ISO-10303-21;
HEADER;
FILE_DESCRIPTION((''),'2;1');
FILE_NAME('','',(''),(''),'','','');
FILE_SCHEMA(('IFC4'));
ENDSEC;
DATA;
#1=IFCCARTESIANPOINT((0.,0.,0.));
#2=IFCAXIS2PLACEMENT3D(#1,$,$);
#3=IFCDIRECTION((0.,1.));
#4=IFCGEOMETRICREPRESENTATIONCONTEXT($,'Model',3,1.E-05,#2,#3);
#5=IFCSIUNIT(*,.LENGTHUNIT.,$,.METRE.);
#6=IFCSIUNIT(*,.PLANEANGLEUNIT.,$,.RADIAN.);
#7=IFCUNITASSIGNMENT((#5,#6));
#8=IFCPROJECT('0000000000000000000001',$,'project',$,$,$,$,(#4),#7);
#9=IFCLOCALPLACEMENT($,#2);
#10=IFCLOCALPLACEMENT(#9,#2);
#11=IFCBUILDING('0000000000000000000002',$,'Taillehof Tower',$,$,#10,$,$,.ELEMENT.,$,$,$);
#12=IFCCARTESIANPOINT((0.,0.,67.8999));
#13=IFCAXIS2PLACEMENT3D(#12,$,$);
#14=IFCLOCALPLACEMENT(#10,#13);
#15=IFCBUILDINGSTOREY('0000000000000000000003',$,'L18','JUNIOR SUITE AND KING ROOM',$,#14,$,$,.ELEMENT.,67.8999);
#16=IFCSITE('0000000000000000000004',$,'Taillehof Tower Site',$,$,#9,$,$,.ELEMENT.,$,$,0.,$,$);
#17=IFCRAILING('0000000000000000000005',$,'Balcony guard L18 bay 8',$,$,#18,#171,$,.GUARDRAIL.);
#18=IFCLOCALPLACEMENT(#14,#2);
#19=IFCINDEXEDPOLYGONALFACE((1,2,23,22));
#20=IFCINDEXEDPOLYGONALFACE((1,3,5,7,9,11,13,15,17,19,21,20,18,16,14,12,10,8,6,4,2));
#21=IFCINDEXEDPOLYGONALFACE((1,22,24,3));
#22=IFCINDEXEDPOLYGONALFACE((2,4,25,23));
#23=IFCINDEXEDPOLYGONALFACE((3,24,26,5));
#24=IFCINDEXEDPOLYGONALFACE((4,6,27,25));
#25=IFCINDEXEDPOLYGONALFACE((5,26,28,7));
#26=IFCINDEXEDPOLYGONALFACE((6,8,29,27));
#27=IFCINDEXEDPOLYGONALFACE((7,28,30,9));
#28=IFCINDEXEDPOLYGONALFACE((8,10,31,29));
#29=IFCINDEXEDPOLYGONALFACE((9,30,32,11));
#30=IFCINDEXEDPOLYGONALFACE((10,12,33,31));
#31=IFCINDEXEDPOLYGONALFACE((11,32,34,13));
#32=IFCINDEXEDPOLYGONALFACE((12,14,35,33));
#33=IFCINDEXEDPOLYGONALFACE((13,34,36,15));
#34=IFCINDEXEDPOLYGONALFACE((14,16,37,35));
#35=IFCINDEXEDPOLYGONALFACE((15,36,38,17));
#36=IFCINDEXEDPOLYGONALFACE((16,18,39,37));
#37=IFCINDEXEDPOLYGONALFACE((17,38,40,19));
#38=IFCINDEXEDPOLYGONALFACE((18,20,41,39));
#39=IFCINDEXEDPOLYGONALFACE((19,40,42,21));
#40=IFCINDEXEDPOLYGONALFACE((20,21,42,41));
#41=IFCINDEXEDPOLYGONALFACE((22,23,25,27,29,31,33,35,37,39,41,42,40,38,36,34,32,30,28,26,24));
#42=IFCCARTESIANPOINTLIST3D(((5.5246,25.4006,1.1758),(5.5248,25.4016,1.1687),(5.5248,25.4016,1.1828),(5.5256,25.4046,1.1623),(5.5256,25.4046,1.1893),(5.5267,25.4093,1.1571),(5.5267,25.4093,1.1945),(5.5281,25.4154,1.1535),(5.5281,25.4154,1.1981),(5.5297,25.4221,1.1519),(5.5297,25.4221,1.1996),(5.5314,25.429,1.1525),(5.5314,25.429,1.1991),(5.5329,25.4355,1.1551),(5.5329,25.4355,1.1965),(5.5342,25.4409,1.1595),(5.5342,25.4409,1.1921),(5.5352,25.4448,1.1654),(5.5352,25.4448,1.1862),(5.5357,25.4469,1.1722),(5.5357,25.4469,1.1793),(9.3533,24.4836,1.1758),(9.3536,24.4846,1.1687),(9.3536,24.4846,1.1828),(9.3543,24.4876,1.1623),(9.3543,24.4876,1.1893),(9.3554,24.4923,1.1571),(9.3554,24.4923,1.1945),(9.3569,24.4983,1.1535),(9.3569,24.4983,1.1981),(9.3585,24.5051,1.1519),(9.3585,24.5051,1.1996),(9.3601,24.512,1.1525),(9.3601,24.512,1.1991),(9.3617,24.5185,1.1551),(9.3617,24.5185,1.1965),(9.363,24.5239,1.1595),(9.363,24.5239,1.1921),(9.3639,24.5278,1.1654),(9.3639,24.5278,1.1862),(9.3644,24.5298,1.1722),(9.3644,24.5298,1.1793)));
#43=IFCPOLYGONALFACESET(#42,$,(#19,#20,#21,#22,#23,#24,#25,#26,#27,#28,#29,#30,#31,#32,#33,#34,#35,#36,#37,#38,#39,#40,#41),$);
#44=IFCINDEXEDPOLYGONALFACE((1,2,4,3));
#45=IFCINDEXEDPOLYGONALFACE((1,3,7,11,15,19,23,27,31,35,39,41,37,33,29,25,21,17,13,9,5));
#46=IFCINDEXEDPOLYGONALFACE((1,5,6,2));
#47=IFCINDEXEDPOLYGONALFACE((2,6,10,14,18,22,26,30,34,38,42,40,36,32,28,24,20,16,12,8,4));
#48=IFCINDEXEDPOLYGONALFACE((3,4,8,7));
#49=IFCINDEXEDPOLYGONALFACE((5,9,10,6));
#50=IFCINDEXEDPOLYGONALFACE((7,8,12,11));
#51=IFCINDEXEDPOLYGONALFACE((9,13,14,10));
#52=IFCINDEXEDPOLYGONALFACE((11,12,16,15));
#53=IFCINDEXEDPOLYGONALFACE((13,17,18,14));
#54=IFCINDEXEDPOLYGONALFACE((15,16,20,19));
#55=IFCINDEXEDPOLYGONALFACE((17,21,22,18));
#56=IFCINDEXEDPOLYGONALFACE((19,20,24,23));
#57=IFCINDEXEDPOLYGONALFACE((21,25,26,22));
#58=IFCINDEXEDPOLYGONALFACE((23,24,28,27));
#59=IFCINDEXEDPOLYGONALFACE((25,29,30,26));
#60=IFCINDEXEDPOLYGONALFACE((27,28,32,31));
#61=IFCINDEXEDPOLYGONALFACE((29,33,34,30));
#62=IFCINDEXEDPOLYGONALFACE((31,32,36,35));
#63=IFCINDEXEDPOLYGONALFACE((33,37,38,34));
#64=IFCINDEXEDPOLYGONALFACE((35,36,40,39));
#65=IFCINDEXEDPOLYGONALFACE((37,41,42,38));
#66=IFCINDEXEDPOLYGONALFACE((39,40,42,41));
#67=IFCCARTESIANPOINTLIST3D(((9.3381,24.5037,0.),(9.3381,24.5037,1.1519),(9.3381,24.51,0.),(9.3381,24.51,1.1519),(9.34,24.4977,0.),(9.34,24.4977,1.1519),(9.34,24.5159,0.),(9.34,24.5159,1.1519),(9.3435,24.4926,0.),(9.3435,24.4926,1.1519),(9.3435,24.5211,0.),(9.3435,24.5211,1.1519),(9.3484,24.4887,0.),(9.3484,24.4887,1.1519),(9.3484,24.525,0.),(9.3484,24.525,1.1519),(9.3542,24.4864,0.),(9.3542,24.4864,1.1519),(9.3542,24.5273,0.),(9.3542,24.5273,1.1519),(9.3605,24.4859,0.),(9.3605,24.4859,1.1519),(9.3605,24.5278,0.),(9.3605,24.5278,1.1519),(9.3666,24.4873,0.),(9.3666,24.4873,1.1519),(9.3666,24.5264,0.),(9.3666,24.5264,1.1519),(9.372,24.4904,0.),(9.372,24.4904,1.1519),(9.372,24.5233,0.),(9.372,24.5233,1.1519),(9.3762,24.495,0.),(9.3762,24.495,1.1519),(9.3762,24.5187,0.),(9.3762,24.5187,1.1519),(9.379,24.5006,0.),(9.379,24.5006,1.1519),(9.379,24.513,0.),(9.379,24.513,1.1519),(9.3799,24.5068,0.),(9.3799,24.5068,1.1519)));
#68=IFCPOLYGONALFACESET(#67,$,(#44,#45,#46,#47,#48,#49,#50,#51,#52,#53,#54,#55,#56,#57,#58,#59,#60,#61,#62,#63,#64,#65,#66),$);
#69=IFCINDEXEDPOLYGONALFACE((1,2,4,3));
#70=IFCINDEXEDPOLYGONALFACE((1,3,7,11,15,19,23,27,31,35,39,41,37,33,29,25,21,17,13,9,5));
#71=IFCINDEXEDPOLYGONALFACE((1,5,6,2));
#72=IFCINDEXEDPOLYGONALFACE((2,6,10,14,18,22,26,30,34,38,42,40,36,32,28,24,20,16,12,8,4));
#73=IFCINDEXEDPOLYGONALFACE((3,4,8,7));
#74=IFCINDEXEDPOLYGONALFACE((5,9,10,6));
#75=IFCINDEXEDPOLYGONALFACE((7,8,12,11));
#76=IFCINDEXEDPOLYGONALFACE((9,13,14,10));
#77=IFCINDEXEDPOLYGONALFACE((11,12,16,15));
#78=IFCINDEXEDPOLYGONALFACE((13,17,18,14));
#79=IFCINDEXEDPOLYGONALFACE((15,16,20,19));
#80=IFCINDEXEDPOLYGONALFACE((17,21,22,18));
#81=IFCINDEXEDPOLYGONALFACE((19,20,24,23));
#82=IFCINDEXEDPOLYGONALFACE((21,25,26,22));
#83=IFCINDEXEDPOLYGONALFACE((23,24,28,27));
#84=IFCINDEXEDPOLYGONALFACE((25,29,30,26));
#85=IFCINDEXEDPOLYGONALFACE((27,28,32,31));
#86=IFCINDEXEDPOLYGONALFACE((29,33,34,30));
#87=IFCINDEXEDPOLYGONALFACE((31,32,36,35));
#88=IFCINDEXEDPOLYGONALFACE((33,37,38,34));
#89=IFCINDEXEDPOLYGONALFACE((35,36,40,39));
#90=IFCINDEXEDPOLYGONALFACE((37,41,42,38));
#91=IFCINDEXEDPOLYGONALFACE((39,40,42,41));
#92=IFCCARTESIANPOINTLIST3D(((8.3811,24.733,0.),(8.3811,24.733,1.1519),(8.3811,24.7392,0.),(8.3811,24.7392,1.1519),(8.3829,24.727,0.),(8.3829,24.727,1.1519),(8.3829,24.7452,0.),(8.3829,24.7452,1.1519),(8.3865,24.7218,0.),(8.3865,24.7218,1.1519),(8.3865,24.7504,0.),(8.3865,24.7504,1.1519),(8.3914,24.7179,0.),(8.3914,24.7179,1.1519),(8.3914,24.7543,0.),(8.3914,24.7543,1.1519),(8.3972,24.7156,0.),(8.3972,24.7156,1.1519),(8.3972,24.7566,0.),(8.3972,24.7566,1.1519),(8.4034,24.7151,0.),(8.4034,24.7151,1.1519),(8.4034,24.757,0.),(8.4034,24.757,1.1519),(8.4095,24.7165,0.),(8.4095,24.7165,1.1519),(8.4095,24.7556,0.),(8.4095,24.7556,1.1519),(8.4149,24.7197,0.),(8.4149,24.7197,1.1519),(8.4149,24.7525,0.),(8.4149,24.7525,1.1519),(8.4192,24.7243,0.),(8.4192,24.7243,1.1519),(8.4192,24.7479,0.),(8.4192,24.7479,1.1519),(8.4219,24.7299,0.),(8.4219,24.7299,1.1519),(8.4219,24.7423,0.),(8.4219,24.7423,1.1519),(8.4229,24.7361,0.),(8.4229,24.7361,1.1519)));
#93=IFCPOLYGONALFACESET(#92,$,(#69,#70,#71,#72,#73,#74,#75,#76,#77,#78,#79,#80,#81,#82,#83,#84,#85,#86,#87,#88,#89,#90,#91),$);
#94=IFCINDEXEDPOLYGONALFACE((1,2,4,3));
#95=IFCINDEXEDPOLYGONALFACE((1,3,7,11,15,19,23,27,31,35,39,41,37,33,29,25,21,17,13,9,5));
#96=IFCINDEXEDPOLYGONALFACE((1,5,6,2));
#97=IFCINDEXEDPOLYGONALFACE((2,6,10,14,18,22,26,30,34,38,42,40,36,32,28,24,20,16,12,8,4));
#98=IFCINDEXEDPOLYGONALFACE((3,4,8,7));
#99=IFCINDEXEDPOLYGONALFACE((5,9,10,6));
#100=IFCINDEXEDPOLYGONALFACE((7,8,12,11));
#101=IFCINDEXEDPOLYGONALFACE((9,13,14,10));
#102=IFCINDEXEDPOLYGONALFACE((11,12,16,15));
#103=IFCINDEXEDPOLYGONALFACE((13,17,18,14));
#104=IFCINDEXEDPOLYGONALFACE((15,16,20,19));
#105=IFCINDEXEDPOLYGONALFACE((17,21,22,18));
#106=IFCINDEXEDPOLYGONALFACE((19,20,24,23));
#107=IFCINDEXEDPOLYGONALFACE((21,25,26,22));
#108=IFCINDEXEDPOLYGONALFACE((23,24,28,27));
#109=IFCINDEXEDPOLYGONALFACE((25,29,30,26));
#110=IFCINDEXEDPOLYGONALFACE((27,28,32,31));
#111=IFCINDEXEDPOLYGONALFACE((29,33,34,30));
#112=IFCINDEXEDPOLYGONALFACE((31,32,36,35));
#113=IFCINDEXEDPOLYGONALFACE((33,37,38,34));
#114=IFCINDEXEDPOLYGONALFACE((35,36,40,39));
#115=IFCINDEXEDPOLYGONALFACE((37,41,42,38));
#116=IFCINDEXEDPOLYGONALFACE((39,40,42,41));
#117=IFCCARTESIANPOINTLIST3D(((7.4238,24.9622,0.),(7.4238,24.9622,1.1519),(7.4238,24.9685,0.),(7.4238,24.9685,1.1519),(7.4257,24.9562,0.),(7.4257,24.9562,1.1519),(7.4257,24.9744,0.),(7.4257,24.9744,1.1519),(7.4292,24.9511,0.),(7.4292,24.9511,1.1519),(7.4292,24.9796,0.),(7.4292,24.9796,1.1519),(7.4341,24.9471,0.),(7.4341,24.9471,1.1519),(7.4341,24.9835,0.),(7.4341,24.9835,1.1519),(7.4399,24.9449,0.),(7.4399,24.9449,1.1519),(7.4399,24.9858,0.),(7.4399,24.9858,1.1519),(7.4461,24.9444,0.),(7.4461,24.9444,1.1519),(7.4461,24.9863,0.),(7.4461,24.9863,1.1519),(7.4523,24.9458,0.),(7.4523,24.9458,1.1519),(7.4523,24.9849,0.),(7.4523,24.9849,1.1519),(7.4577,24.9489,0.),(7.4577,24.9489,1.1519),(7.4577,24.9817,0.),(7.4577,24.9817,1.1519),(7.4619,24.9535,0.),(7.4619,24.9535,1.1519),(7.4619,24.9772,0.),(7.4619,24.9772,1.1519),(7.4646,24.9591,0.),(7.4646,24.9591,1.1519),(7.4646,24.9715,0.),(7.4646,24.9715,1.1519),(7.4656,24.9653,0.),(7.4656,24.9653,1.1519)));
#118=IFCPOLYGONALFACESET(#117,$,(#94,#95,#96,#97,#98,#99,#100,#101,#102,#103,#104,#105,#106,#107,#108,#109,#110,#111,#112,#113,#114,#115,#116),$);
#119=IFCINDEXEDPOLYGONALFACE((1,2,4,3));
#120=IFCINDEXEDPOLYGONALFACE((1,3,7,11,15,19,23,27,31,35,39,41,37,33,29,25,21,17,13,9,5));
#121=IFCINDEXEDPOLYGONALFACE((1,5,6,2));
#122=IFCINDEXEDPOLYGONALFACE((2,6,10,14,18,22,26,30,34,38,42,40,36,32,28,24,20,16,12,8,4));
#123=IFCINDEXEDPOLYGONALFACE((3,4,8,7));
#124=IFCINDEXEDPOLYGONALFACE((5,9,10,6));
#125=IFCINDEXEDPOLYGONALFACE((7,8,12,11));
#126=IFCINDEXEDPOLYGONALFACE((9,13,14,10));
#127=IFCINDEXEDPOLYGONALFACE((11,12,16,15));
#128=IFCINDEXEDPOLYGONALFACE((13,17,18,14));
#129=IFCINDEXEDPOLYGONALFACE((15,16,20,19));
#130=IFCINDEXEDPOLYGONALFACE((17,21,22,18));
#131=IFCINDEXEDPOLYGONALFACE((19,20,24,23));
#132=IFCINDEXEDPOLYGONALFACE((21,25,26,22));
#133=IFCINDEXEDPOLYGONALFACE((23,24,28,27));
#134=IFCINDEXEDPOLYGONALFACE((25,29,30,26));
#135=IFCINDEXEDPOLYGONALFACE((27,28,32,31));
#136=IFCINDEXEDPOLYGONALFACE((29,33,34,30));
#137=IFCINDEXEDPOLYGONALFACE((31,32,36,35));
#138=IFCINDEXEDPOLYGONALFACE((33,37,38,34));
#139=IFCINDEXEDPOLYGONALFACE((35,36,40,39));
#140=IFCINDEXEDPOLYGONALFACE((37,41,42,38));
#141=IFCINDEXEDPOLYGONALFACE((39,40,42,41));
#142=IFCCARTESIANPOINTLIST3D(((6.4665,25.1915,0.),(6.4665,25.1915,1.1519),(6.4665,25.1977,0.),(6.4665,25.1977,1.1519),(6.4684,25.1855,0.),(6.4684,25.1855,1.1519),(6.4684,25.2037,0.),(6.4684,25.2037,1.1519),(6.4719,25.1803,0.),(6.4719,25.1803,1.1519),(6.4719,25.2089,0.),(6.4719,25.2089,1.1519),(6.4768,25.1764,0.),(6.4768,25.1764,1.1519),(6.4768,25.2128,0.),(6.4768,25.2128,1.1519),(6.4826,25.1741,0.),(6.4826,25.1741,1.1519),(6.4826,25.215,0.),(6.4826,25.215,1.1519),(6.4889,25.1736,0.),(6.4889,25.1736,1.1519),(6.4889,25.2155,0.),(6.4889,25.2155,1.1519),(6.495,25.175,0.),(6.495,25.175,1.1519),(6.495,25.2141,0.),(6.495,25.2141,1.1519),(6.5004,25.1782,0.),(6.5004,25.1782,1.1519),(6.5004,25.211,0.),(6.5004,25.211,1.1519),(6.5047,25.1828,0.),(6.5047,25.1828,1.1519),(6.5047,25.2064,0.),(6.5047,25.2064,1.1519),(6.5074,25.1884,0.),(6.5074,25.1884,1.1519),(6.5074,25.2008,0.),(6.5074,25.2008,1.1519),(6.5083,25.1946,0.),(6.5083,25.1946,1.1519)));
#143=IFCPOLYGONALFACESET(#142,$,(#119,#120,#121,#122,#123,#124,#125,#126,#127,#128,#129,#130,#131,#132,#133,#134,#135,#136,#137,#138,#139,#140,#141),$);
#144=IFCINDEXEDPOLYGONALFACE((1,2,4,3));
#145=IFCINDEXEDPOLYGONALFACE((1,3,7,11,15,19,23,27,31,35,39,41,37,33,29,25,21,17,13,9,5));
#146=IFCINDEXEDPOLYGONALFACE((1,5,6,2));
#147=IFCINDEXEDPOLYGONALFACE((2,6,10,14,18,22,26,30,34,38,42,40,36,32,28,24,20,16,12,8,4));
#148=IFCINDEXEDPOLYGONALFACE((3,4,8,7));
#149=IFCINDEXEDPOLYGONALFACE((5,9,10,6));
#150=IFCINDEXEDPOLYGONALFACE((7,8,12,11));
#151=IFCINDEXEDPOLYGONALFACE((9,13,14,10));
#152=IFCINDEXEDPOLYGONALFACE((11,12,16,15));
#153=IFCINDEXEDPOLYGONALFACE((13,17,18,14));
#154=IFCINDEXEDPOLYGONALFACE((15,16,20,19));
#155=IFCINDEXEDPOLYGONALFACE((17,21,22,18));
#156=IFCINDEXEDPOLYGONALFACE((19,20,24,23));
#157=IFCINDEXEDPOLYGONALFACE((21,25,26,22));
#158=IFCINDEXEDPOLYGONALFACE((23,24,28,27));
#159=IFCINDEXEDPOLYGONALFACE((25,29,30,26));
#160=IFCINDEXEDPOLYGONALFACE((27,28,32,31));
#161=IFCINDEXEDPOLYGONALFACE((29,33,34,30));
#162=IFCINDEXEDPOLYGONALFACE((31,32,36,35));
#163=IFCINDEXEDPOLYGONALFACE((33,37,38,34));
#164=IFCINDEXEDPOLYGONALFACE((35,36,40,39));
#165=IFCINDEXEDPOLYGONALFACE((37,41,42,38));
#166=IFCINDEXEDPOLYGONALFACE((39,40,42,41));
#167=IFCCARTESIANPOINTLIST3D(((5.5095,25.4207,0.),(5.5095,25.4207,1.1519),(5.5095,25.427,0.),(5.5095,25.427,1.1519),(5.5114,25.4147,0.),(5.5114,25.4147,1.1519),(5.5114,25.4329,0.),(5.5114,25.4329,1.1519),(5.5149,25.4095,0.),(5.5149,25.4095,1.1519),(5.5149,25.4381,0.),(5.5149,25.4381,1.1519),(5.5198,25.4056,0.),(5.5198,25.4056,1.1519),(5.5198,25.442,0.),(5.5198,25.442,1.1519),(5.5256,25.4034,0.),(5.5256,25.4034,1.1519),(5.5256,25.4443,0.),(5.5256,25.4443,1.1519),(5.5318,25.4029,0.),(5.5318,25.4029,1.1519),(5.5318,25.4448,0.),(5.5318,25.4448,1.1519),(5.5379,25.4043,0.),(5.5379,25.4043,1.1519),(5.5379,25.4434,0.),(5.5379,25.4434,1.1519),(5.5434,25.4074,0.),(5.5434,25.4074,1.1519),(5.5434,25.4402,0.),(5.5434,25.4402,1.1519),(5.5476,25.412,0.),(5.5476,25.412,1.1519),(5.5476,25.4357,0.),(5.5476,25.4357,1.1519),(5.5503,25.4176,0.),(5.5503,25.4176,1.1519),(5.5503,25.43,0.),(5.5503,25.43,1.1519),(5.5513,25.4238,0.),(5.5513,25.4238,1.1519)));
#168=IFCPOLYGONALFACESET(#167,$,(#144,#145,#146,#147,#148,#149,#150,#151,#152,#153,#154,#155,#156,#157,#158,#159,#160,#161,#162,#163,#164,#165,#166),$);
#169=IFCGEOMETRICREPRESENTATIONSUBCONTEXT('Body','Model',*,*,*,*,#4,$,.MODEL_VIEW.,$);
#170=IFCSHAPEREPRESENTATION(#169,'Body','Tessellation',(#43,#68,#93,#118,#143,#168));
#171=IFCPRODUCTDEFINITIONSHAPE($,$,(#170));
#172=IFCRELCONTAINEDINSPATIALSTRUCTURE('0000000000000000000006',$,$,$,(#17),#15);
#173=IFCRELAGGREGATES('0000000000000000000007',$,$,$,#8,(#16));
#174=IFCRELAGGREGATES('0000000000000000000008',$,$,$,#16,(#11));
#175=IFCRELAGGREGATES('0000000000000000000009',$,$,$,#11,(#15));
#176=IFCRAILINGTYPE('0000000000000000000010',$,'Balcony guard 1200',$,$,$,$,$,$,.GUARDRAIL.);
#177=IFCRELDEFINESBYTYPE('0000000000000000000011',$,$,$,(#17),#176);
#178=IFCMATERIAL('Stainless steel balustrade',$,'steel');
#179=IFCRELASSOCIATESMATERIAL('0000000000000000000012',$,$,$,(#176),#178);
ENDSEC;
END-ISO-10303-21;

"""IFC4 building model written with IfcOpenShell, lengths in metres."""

from ifc_helpers import new_model, si_unit, direction, frame, origin, origin_2d, place, context, subcontext, project, spatial, circle, extrude, material, type_object, element, save


model = new_model("IFC4")

# Units and contexts
model_context = context("Model", 3, precision=1e-05, world=origin(), true_north=direction((0.0, 1.0)))
body_context = subcontext(model_context, "Body", "Model", "MODEL_VIEW")
ifc_project = project(units=[si_unit("LENGTHUNIT", "METRE"), si_unit("PLANEANGLEUNIT", "RADIAN")], contexts=[model_context])

# Site, building, storey
site_placement = place(None, origin())
site = spatial("IfcSite", under=ifc_project, at=site_placement, Name="Taillehof Tower Site", CompositionType="ELEMENT", RefElevation=0.0)
building_placement = place(site_placement, origin())
building = spatial("IfcBuilding", under=site, at=building_placement, Name="Taillehof Tower", CompositionType="ELEMENT")
storey_placement = place(building_placement, frame((0.0, 0.0, 67.8999)))
storey = spatial("IfcBuildingStorey", under=building, at=storey_placement, Name="L18", Description="JUNIOR SUITE AND KING ROOM", CompositionType="ELEMENT", Elevation=67.8999)

# Railing
ifc_material_1 = material(Name="Stainless steel balustrade", Category="steel")
railing_type = type_object("IfcRailingType", Name="Balcony guard 1200", PredefinedType="GUARDRAIL", material=ifc_material_1)
railing_placement = place(storey_placement, frame((9.3589, 24.5068, 0.0)))
element("IfcRailing", 1, at=railing_placement, inside=storey, type_object=railing_type, Name="Balcony guard L18 bay 8", PredefinedType="GUARDRAIL", context=body_context, shape_type="SweptSolid", body=[
    extrude(circle(Radius=0.0239, at=origin_2d()), frame((0.0, 0.0, 1.1758), z_axis=(-0.972495, 0.232923, 0.0), x_axis=(-0.232923, -0.972495, 0.0)), (0.0, 0.0, 1.0), 3.937),
    extrude(circle(Radius=0.021, at=origin_2d()), origin(), (0.0, 0.0, 1.0), 1.1519),
    extrude(circle(Radius=0.021, at=origin_2d()), frame((-0.957, 0.2292, 0.0)), (0.0, 0.0, 1.0), 1.1519),
    extrude(circle(Radius=0.021, at=origin_2d()), frame((-1.9143, 0.4585, 0.0)), (0.0, 0.0, 1.0), 1.1519),
    extrude(circle(Radius=0.021, at=origin_2d()), frame((-2.8716, 0.6877, 0.0)), (0.0, 0.0, 1.0), 1.1519),
    extrude(circle(Radius=0.021, at=origin_2d()), frame((-3.8286, 0.917, 0.0)), (0.0, 0.0, 1.0), 1.1519),
])

save(model, "model.ifc")
